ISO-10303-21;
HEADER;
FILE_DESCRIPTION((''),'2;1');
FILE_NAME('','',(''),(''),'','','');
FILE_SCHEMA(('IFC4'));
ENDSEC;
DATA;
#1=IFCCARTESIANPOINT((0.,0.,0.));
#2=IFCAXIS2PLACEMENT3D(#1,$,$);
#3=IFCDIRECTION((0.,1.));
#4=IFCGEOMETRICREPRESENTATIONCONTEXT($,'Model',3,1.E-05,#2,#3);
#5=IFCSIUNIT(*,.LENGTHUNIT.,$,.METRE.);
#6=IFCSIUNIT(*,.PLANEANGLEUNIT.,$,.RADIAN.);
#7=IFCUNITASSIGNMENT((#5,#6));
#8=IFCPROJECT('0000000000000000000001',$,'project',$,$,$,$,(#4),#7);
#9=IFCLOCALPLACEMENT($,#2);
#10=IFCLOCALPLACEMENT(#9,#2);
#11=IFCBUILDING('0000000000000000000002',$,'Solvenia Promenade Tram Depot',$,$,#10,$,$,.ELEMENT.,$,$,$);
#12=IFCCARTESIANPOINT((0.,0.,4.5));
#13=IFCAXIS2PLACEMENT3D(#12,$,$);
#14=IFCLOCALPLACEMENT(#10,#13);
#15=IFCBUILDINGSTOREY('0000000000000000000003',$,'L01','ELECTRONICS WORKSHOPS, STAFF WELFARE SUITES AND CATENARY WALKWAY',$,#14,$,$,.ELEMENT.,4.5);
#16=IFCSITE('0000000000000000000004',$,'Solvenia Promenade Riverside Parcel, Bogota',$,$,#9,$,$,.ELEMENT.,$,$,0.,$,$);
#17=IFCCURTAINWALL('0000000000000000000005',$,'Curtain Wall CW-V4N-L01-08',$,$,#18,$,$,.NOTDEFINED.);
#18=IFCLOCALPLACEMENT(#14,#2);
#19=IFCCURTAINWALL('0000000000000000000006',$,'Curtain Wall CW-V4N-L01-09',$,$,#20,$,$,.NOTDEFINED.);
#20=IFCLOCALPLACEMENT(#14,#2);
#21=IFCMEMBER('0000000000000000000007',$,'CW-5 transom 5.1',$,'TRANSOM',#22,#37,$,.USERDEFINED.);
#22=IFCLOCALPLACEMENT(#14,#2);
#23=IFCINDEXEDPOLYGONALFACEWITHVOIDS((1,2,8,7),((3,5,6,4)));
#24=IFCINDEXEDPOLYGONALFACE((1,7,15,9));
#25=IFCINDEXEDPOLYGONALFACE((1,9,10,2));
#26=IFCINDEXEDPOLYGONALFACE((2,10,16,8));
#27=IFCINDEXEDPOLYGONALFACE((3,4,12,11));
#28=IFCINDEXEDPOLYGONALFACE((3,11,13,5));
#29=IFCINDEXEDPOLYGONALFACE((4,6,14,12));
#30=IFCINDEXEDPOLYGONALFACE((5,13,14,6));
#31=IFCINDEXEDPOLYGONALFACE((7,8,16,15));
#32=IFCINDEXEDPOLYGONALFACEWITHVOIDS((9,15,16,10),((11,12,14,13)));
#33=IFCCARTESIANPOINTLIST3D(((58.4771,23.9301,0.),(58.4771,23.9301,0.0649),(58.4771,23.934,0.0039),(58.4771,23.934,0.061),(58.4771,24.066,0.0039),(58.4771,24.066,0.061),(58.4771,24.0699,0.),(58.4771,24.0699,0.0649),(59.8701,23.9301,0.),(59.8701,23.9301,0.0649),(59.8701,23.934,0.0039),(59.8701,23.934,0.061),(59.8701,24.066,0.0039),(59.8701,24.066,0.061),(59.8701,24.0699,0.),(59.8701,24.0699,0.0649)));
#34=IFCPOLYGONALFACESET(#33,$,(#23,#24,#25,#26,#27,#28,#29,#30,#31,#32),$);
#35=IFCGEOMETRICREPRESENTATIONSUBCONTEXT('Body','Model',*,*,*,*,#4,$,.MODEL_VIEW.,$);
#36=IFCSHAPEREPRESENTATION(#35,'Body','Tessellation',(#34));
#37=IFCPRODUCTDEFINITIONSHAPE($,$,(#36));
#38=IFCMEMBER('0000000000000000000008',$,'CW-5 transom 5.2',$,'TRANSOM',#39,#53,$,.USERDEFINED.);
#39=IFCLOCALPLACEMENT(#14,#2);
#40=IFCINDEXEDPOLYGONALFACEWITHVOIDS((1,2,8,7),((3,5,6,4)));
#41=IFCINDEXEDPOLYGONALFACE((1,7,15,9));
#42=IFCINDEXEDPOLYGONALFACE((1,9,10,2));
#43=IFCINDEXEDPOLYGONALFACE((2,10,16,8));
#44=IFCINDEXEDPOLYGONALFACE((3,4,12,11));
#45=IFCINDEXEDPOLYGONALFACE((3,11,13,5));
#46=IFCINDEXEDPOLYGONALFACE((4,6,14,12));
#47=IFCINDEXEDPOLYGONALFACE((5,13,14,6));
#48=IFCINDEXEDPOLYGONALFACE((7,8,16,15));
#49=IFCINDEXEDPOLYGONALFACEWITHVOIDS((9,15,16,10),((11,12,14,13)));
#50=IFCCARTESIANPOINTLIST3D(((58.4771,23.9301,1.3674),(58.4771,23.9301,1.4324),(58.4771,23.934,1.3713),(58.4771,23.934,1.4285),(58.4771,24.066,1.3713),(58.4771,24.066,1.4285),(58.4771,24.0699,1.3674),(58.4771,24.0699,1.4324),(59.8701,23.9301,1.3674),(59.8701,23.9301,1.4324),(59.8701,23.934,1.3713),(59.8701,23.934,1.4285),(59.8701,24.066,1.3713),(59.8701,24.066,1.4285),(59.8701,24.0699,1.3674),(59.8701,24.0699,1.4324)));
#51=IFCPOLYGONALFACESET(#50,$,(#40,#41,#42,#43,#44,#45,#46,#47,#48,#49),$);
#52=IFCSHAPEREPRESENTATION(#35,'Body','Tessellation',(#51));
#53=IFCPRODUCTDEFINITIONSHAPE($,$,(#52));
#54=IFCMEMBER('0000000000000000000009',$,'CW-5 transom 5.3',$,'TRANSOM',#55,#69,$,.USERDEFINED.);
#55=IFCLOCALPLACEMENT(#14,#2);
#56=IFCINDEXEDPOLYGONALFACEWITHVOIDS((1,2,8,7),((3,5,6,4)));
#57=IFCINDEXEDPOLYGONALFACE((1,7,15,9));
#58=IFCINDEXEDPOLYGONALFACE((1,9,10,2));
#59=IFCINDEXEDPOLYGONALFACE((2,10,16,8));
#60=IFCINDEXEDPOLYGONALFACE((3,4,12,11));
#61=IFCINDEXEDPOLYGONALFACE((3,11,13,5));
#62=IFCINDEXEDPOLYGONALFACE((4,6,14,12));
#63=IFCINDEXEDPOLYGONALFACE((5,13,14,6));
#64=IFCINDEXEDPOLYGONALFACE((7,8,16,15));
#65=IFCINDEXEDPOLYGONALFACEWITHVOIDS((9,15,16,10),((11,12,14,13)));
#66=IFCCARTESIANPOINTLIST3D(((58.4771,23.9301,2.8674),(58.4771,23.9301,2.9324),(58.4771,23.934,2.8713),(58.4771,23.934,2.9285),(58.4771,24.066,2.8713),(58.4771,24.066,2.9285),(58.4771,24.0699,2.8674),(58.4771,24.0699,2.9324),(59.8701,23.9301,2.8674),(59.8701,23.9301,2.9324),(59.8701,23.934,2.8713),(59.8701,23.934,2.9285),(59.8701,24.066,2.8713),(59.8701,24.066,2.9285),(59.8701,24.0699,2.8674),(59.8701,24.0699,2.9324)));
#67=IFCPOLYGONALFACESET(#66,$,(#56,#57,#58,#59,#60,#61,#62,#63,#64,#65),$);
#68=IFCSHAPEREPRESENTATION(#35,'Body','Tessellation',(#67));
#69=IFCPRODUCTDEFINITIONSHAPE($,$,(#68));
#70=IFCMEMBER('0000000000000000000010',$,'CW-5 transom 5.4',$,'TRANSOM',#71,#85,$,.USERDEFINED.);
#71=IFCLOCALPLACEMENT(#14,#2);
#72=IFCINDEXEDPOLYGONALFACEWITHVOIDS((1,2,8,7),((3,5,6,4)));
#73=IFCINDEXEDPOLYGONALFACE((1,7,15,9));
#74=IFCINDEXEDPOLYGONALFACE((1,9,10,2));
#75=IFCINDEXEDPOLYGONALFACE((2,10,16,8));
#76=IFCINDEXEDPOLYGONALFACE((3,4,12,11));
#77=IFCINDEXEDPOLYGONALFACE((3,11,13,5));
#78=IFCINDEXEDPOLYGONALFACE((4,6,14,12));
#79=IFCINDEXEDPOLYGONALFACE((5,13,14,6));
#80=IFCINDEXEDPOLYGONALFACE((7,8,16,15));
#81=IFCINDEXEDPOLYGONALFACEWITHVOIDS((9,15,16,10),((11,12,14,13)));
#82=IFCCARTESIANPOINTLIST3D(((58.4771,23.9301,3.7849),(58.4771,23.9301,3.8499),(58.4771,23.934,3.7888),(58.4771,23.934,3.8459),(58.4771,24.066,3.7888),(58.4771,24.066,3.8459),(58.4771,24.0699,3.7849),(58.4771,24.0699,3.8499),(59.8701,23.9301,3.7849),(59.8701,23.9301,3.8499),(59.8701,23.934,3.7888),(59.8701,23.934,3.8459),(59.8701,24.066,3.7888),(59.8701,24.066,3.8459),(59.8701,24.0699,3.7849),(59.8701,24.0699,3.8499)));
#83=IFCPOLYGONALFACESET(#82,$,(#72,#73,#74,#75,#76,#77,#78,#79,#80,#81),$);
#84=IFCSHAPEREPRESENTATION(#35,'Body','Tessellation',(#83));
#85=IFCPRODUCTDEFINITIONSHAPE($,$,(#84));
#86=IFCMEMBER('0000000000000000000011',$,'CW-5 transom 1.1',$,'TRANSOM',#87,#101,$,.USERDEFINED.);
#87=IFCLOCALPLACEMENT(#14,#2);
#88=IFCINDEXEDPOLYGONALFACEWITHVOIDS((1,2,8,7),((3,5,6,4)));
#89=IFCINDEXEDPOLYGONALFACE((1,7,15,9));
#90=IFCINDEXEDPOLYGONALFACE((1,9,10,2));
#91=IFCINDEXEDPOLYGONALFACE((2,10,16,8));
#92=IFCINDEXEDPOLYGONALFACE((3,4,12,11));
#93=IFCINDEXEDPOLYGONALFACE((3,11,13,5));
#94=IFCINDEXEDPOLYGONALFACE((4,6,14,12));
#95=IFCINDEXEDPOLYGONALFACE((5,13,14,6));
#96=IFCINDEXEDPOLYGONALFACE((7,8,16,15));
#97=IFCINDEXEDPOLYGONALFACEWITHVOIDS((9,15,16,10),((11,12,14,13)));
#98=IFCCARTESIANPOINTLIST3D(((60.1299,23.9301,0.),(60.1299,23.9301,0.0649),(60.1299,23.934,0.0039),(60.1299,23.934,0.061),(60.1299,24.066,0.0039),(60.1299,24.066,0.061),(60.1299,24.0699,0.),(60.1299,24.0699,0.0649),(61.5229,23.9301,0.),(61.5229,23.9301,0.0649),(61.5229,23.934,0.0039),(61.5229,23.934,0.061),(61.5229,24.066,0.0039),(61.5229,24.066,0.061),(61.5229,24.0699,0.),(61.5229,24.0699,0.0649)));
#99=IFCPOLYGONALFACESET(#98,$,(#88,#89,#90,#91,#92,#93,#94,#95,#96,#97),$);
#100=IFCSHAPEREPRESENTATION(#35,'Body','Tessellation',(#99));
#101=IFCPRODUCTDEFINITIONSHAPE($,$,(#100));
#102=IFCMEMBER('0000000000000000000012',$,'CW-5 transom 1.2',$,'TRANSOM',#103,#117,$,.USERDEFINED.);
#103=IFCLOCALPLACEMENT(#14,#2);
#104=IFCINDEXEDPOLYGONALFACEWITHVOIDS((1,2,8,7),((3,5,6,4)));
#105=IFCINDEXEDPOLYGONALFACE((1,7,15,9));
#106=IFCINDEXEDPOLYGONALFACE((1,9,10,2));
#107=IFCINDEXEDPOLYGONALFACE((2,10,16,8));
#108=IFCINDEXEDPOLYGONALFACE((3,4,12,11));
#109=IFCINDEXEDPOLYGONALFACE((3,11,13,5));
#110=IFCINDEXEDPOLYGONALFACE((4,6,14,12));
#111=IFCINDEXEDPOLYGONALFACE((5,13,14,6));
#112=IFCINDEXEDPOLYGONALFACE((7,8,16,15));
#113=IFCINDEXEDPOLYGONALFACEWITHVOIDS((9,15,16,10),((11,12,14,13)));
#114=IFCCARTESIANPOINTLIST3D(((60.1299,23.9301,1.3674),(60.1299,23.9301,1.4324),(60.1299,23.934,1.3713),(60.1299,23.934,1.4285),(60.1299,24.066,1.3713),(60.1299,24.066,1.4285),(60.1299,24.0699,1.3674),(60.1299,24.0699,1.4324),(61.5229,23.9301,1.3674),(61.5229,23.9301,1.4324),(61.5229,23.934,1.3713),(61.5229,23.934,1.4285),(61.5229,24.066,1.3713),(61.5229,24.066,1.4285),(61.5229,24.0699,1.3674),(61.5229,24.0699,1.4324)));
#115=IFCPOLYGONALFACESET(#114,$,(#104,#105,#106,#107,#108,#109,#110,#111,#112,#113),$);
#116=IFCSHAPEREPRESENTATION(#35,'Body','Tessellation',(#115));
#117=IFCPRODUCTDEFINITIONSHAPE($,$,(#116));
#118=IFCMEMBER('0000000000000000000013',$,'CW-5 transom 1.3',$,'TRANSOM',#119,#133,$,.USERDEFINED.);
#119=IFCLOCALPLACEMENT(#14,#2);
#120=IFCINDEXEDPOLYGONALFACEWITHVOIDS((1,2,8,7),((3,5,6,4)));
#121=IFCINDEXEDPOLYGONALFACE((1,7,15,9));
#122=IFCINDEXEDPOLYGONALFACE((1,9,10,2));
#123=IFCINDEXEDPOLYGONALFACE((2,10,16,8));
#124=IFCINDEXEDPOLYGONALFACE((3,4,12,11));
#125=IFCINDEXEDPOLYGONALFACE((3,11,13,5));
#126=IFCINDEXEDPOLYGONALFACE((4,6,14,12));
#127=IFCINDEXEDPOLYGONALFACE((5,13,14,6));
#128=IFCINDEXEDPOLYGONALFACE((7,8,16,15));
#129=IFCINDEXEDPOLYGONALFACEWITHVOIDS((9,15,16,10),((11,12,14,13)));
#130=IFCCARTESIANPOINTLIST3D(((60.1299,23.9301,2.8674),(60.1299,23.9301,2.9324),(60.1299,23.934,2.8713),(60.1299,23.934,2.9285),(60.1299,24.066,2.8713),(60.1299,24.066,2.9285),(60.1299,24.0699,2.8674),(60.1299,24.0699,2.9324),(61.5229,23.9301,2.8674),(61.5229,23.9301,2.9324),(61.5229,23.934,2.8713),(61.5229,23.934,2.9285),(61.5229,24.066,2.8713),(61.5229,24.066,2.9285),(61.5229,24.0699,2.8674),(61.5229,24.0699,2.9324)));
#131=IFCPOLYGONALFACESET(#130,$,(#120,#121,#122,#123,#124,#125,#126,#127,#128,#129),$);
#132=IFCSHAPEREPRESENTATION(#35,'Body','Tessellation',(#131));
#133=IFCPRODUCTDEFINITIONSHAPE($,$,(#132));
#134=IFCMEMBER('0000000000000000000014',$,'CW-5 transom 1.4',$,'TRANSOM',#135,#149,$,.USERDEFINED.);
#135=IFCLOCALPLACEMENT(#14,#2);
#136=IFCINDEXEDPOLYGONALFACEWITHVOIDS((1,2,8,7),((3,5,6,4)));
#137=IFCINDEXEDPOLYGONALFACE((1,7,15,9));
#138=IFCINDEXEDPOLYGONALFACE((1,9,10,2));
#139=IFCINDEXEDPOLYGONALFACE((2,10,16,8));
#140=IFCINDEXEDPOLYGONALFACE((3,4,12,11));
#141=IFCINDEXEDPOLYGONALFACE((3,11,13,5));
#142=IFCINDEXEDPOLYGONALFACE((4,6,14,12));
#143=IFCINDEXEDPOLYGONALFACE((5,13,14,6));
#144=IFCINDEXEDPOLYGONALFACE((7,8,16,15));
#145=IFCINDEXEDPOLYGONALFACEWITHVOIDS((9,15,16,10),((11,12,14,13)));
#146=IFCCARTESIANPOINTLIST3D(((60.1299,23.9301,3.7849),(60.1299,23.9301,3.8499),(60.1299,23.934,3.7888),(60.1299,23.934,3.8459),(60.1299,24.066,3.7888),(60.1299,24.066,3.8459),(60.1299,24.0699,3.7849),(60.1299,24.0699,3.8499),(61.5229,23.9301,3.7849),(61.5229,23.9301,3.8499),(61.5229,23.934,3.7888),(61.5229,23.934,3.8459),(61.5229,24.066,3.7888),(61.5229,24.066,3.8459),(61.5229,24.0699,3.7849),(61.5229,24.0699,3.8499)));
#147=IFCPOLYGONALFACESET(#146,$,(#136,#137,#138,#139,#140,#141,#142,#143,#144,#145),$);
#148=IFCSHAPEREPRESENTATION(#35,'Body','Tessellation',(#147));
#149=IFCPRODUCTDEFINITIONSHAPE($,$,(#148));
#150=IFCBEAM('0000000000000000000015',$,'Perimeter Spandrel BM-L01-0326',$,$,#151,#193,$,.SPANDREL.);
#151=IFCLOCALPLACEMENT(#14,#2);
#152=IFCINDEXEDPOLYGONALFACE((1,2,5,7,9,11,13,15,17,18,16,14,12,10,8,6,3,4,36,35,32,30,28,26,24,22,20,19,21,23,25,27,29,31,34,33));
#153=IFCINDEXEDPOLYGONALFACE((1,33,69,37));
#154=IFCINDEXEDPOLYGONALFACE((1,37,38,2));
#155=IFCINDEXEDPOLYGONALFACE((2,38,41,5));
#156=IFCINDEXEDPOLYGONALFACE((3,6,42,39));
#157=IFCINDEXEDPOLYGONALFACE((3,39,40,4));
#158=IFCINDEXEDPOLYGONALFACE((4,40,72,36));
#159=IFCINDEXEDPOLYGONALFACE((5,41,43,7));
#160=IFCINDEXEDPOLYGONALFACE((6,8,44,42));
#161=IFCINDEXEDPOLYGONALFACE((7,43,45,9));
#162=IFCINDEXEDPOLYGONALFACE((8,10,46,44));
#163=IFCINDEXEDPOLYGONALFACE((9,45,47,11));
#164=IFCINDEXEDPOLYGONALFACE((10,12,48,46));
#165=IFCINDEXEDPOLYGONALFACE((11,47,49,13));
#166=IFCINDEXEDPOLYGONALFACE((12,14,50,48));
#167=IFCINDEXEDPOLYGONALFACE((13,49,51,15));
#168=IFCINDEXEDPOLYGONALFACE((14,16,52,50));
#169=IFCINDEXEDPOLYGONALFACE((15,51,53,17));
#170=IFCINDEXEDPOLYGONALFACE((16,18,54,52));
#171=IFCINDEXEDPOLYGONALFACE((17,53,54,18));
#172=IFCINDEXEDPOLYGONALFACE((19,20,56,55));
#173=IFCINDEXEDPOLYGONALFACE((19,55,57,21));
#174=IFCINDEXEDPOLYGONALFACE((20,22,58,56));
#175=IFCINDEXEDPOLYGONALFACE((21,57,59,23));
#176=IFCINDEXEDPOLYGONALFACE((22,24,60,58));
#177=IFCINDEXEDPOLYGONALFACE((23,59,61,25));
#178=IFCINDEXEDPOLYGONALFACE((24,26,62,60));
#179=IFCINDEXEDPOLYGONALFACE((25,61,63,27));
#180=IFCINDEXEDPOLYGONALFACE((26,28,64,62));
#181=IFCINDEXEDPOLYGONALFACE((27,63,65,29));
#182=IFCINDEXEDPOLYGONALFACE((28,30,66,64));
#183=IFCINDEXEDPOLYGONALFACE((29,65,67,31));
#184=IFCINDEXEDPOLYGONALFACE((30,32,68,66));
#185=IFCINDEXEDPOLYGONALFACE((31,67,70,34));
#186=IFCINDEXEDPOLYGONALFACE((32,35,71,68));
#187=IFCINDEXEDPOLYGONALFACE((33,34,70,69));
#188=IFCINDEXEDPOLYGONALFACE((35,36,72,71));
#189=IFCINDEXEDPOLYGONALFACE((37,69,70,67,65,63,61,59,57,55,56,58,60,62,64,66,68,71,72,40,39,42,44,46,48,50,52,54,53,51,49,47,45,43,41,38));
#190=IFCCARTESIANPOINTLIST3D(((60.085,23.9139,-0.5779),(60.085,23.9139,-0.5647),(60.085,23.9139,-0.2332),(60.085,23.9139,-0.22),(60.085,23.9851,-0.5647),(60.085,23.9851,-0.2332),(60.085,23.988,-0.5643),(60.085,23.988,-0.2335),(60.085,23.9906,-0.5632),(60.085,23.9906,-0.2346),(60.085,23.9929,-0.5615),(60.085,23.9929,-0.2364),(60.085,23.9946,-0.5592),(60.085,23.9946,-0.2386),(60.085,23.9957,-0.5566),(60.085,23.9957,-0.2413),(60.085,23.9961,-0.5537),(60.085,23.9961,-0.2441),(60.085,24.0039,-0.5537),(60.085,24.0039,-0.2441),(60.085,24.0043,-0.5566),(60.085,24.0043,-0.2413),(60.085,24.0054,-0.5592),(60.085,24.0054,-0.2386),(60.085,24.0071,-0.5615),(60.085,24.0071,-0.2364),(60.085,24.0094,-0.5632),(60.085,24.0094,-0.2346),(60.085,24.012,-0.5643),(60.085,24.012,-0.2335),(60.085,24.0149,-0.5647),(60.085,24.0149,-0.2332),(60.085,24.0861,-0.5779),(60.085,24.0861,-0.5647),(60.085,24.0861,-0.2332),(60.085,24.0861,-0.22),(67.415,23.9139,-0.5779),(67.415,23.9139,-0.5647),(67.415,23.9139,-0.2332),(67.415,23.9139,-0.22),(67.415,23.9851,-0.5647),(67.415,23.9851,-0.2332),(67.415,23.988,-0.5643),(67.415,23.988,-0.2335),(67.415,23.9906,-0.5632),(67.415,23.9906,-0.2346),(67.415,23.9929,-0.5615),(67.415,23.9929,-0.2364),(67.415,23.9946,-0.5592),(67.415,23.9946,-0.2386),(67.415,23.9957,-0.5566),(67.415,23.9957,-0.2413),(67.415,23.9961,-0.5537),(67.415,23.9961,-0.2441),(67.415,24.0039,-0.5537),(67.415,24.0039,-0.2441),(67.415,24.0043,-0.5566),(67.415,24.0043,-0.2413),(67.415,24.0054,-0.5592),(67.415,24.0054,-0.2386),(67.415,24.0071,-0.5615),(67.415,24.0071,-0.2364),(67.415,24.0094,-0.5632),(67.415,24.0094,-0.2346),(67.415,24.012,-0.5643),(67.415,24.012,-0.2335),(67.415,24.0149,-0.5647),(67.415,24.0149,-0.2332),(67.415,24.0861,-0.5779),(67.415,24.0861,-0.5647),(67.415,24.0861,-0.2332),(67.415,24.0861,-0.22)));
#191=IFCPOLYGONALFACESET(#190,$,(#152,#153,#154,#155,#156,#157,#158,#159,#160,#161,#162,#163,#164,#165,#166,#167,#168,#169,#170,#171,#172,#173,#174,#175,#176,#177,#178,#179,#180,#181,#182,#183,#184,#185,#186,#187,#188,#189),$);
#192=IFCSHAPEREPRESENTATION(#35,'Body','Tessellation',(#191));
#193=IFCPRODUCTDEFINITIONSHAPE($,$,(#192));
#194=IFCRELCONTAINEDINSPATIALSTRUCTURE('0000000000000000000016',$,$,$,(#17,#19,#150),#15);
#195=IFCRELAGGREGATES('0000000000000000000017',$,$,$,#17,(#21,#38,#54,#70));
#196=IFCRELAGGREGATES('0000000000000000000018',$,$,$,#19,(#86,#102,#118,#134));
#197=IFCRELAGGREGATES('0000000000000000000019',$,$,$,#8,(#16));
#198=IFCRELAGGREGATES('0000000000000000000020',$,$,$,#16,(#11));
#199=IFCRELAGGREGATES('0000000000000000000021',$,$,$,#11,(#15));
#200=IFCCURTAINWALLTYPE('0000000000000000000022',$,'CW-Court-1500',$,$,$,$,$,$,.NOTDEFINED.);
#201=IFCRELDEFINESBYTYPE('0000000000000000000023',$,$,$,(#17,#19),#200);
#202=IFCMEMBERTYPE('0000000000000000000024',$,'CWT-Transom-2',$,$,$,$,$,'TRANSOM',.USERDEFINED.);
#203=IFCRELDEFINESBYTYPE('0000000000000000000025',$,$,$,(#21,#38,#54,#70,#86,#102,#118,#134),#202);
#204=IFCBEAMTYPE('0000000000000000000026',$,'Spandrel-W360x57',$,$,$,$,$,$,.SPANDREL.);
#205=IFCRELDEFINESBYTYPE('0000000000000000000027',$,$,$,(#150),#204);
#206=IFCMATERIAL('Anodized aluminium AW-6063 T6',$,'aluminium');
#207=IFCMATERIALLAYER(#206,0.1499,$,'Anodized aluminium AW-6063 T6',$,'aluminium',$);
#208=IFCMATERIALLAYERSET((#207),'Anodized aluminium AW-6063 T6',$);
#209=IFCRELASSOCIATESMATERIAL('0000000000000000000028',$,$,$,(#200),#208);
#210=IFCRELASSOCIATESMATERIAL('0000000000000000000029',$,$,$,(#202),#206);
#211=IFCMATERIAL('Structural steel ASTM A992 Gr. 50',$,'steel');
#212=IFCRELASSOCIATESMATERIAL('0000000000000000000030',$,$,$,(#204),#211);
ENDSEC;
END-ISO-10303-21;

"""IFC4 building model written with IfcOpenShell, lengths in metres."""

from ifc_helpers import new_model, si_unit, direction, frame, origin, origin_2d, place, context, subcontext, project, spatial, hollow_rectangle, i_section, extrude, material, layer, layer_set, material_profile, profile_set, type_object, element, aggregate, save


model = new_model("IFC4")

# Units and contexts
model_context = context("Model", 3, precision=1e-05, world=origin(), true_north=direction((0.0, 1.0)))
body_context = subcontext(model_context, "Body", "Model", "MODEL_VIEW")
ifc_project = project(units=[si_unit("LENGTHUNIT", "METRE"), si_unit("PLANEANGLEUNIT", "RADIAN")], contexts=[model_context])

# Site, building, storey
site_placement = place(None, origin())
site = spatial("IfcSite", under=ifc_project, at=site_placement, Name="Solvenia Promenade Riverside Parcel, Bogota", CompositionType="ELEMENT", RefElevation=0.0)
building_placement = place(site_placement, origin())
building = spatial("IfcBuilding", under=site, at=building_placement, Name="Solvenia Promenade Tram Depot", CompositionType="ELEMENT")
storey_placement = place(building_placement, frame((0.0, 0.0, 4.5)))
storey = spatial("IfcBuildingStorey", under=building, at=storey_placement, Name="L01", Description="ELECTRONICS WORKSHOPS, STAFF WELFARE SUITES AND CATENARY WALKWAY", CompositionType="ELEMENT", Elevation=4.5)

# Shared definitions
ifc_material_1 = material(Name="Structural steel ASTM A992 Gr. 50", Category="steel")

# Curtain wall
ifc_material_2 = material(Name="Anodized aluminium AW-6063 T6", Category="aluminium")
ifc_layer_1 = layer(ifc_material_2, 0.1499, Name="Anodized aluminium AW-6063 T6", Category="aluminium")
ifc_layer_set_1 = layer_set([ifc_layer_1], Name="Anodized aluminium AW-6063 T6")
curtain_wall_type = type_object("IfcCurtainWallType", Name="CW-Court-1500", PredefinedType="NOTDEFINED", material=ifc_layer_set_1)
curtain_wall_1_placement = place(storey_placement, origin())
curtain_wall_1 = element("IfcCurtainWall", 1, at=curtain_wall_1_placement, inside=storey, type_object=curtain_wall_type, Name="Curtain Wall CW-V4N-L01-08", PredefinedType="NOTDEFINED")

# Curtain wall
curtain_wall_2_placement = place(storey_placement, origin())
curtain_wall_2 = element("IfcCurtainWall", 2, at=curtain_wall_2_placement, inside=storey, type_object=curtain_wall_type, Name="Curtain Wall CW-V4N-L01-09", PredefinedType="NOTDEFINED")

# Members
ifc_material_profile_1 = material_profile(ifc_material_2, hollow_rectangle(XDim=0.1399, YDim=0.0649, WallThickness=0.0039, at=origin_2d()), Name="ALU-T2", Category="aluminium")
ifc_profile_set_1 = profile_set([ifc_material_profile_1], Name="Anodized aluminium AW-6063 T6")
member_type_1 = type_object("IfcMemberType", Name="CWT-Transom-2", ElementType="TRANSOM", PredefinedType="USERDEFINED", material=ifc_profile_set_1)
member_1_placement = place(storey_placement, frame((58.4771, 24.0, 0.0325), z_axis=(1.0, 0.0, 0.0), x_axis=(0.0, 1.0, 0.0)))
member_1 = element("IfcMember", 3, at=member_1_placement, type_object=member_type_1, Name="CW-5 transom 5.1", ObjectType="TRANSOM", PredefinedType="USERDEFINED", context=body_context, shape_type="SweptSolid", body=[
    extrude(hollow_rectangle(XDim=0.1399, YDim=0.0649, WallThickness=0.0039, at=origin_2d()), origin(), (0.0, 0.0, 1.0), 1.3931),
])
member_2_placement = place(storey_placement, frame((58.4771, 24.0, 1.3999), z_axis=(1.0, 0.0, 0.0), x_axis=(0.0, 1.0, 0.0)))
member_2 = element("IfcMember", 4, at=member_2_placement, type_object=member_type_1, Name="CW-5 transom 5.2", ObjectType="TRANSOM", PredefinedType="USERDEFINED", context=body_context, shape_type="SweptSolid", body=[
    extrude(hollow_rectangle(XDim=0.1399, YDim=0.0649, WallThickness=0.0039, at=origin_2d()), origin(), (0.0, 0.0, 1.0), 1.3931),
])
member_3_placement = place(storey_placement, frame((58.4771, 24.0, 2.8999), z_axis=(1.0, 0.0, 0.0), x_axis=(0.0, 1.0, 0.0)))
member_3 = element("IfcMember", 5, at=member_3_placement, type_object=member_type_1, Name="CW-5 transom 5.3", ObjectType="TRANSOM", PredefinedType="USERDEFINED", context=body_context, shape_type="SweptSolid", body=[
    extrude(hollow_rectangle(XDim=0.1399, YDim=0.0649, WallThickness=0.0039, at=origin_2d()), origin(), (0.0, 0.0, 1.0), 1.3931),
])
member_4_placement = place(storey_placement, frame((58.4771, 24.0, 3.8174), z_axis=(1.0, 0.0, 0.0), x_axis=(0.0, 1.0, 0.0)))
member_4 = element("IfcMember", 6, at=member_4_placement, type_object=member_type_1, Name="CW-5 transom 5.4", ObjectType="TRANSOM", PredefinedType="USERDEFINED", context=body_context, shape_type="SweptSolid", body=[
    extrude(hollow_rectangle(XDim=0.1399, YDim=0.0649, WallThickness=0.0039, at=origin_2d()), origin(), (0.0, 0.0, 1.0), 1.3931),
])
member_5_placement = place(storey_placement, frame((60.1299, 24.0, 0.0325), z_axis=(1.0, 0.0, 0.0), x_axis=(0.0, 1.0, 0.0)))
member_5 = element("IfcMember", 7, at=member_5_placement, type_object=member_type_1, Name="CW-5 transom 1.1", ObjectType="TRANSOM", PredefinedType="USERDEFINED", context=body_context, shape_type="SweptSolid", body=[
    extrude(hollow_rectangle(XDim=0.1399, YDim=0.0649, WallThickness=0.0039, at=origin_2d()), origin(), (0.0, 0.0, 1.0), 1.3931),
])
member_6_placement = place(storey_placement, frame((60.1299, 24.0, 1.3999), z_axis=(1.0, 0.0, 0.0), x_axis=(0.0, 1.0, 0.0)))
member_6 = element("IfcMember", 8, at=member_6_placement, type_object=member_type_1, Name="CW-5 transom 1.2", ObjectType="TRANSOM", PredefinedType="USERDEFINED", context=body_context, shape_type="SweptSolid", body=[
    extrude(hollow_rectangle(XDim=0.1399, YDim=0.0649, WallThickness=0.0039, at=origin_2d()), origin(), (0.0, 0.0, 1.0), 1.3931),
])
member_7_placement = place(storey_placement, frame((60.1299, 24.0, 2.8999), z_axis=(1.0, 0.0, 0.0), x_axis=(0.0, 1.0, 0.0)))
member_7 = element("IfcMember", 9, at=member_7_placement, type_object=member_type_1, Name="CW-5 transom 1.3", ObjectType="TRANSOM", PredefinedType="USERDEFINED", context=body_context, shape_type="SweptSolid", body=[
    extrude(hollow_rectangle(XDim=0.1399, YDim=0.0649, WallThickness=0.0039, at=origin_2d()), origin(), (0.0, 0.0, 1.0), 1.3931),
])
member_8_placement = place(storey_placement, frame((60.1299, 24.0, 3.8174), z_axis=(1.0, 0.0, 0.0), x_axis=(0.0, 1.0, 0.0)))
member_8 = element("IfcMember", 10, at=member_8_placement, type_object=member_type_1, Name="CW-5 transom 1.4", ObjectType="TRANSOM", PredefinedType="USERDEFINED", context=body_context, shape_type="SweptSolid", body=[
    extrude(hollow_rectangle(XDim=0.1399, YDim=0.0649, WallThickness=0.0039, at=origin_2d()), origin(), (0.0, 0.0, 1.0), 1.3931),
])

# Beam
ifc_material_profile_2 = material_profile(ifc_material_1, i_section(OverallWidth=0.1721, OverallDepth=0.3579, WebThickness=0.0078, FlangeThickness=0.0132, FilletRadius=0.011, at=origin_2d()), Name="W360x57", Category="steel")
ifc_profile_set_2 = profile_set([ifc_material_profile_2], Name="Structural steel ASTM A992 Gr. 50")
beam_type = type_object("IfcBeamType", Name="Spandrel-W360x57", PredefinedType="SPANDREL", material=ifc_profile_set_2)
beam_placement = place(storey_placement, frame((60.085, 24.0, -0.3989), z_axis=(1.0, 0.0, 0.0), x_axis=(0.0, 1.0, 0.0)))
element("IfcBeam", 11, at=beam_placement, inside=storey, type_object=beam_type, Name="Perimeter Spandrel BM-L01-0326", PredefinedType="SPANDREL", context=body_context, shape_type="SweptSolid", body=[
    extrude(i_section(OverallWidth=0.1721, OverallDepth=0.3579, WebThickness=0.0078, FlangeThickness=0.0132, FilletRadius=0.011, at=origin_2d()), origin(), (0.0, 0.0, 1.0), 7.3301),
])

aggregate(curtain_wall_1, [member_1, member_2, member_3, member_4])
aggregate(curtain_wall_2, [member_5, member_6, member_7, member_8])

save(model, "model.ifc")
